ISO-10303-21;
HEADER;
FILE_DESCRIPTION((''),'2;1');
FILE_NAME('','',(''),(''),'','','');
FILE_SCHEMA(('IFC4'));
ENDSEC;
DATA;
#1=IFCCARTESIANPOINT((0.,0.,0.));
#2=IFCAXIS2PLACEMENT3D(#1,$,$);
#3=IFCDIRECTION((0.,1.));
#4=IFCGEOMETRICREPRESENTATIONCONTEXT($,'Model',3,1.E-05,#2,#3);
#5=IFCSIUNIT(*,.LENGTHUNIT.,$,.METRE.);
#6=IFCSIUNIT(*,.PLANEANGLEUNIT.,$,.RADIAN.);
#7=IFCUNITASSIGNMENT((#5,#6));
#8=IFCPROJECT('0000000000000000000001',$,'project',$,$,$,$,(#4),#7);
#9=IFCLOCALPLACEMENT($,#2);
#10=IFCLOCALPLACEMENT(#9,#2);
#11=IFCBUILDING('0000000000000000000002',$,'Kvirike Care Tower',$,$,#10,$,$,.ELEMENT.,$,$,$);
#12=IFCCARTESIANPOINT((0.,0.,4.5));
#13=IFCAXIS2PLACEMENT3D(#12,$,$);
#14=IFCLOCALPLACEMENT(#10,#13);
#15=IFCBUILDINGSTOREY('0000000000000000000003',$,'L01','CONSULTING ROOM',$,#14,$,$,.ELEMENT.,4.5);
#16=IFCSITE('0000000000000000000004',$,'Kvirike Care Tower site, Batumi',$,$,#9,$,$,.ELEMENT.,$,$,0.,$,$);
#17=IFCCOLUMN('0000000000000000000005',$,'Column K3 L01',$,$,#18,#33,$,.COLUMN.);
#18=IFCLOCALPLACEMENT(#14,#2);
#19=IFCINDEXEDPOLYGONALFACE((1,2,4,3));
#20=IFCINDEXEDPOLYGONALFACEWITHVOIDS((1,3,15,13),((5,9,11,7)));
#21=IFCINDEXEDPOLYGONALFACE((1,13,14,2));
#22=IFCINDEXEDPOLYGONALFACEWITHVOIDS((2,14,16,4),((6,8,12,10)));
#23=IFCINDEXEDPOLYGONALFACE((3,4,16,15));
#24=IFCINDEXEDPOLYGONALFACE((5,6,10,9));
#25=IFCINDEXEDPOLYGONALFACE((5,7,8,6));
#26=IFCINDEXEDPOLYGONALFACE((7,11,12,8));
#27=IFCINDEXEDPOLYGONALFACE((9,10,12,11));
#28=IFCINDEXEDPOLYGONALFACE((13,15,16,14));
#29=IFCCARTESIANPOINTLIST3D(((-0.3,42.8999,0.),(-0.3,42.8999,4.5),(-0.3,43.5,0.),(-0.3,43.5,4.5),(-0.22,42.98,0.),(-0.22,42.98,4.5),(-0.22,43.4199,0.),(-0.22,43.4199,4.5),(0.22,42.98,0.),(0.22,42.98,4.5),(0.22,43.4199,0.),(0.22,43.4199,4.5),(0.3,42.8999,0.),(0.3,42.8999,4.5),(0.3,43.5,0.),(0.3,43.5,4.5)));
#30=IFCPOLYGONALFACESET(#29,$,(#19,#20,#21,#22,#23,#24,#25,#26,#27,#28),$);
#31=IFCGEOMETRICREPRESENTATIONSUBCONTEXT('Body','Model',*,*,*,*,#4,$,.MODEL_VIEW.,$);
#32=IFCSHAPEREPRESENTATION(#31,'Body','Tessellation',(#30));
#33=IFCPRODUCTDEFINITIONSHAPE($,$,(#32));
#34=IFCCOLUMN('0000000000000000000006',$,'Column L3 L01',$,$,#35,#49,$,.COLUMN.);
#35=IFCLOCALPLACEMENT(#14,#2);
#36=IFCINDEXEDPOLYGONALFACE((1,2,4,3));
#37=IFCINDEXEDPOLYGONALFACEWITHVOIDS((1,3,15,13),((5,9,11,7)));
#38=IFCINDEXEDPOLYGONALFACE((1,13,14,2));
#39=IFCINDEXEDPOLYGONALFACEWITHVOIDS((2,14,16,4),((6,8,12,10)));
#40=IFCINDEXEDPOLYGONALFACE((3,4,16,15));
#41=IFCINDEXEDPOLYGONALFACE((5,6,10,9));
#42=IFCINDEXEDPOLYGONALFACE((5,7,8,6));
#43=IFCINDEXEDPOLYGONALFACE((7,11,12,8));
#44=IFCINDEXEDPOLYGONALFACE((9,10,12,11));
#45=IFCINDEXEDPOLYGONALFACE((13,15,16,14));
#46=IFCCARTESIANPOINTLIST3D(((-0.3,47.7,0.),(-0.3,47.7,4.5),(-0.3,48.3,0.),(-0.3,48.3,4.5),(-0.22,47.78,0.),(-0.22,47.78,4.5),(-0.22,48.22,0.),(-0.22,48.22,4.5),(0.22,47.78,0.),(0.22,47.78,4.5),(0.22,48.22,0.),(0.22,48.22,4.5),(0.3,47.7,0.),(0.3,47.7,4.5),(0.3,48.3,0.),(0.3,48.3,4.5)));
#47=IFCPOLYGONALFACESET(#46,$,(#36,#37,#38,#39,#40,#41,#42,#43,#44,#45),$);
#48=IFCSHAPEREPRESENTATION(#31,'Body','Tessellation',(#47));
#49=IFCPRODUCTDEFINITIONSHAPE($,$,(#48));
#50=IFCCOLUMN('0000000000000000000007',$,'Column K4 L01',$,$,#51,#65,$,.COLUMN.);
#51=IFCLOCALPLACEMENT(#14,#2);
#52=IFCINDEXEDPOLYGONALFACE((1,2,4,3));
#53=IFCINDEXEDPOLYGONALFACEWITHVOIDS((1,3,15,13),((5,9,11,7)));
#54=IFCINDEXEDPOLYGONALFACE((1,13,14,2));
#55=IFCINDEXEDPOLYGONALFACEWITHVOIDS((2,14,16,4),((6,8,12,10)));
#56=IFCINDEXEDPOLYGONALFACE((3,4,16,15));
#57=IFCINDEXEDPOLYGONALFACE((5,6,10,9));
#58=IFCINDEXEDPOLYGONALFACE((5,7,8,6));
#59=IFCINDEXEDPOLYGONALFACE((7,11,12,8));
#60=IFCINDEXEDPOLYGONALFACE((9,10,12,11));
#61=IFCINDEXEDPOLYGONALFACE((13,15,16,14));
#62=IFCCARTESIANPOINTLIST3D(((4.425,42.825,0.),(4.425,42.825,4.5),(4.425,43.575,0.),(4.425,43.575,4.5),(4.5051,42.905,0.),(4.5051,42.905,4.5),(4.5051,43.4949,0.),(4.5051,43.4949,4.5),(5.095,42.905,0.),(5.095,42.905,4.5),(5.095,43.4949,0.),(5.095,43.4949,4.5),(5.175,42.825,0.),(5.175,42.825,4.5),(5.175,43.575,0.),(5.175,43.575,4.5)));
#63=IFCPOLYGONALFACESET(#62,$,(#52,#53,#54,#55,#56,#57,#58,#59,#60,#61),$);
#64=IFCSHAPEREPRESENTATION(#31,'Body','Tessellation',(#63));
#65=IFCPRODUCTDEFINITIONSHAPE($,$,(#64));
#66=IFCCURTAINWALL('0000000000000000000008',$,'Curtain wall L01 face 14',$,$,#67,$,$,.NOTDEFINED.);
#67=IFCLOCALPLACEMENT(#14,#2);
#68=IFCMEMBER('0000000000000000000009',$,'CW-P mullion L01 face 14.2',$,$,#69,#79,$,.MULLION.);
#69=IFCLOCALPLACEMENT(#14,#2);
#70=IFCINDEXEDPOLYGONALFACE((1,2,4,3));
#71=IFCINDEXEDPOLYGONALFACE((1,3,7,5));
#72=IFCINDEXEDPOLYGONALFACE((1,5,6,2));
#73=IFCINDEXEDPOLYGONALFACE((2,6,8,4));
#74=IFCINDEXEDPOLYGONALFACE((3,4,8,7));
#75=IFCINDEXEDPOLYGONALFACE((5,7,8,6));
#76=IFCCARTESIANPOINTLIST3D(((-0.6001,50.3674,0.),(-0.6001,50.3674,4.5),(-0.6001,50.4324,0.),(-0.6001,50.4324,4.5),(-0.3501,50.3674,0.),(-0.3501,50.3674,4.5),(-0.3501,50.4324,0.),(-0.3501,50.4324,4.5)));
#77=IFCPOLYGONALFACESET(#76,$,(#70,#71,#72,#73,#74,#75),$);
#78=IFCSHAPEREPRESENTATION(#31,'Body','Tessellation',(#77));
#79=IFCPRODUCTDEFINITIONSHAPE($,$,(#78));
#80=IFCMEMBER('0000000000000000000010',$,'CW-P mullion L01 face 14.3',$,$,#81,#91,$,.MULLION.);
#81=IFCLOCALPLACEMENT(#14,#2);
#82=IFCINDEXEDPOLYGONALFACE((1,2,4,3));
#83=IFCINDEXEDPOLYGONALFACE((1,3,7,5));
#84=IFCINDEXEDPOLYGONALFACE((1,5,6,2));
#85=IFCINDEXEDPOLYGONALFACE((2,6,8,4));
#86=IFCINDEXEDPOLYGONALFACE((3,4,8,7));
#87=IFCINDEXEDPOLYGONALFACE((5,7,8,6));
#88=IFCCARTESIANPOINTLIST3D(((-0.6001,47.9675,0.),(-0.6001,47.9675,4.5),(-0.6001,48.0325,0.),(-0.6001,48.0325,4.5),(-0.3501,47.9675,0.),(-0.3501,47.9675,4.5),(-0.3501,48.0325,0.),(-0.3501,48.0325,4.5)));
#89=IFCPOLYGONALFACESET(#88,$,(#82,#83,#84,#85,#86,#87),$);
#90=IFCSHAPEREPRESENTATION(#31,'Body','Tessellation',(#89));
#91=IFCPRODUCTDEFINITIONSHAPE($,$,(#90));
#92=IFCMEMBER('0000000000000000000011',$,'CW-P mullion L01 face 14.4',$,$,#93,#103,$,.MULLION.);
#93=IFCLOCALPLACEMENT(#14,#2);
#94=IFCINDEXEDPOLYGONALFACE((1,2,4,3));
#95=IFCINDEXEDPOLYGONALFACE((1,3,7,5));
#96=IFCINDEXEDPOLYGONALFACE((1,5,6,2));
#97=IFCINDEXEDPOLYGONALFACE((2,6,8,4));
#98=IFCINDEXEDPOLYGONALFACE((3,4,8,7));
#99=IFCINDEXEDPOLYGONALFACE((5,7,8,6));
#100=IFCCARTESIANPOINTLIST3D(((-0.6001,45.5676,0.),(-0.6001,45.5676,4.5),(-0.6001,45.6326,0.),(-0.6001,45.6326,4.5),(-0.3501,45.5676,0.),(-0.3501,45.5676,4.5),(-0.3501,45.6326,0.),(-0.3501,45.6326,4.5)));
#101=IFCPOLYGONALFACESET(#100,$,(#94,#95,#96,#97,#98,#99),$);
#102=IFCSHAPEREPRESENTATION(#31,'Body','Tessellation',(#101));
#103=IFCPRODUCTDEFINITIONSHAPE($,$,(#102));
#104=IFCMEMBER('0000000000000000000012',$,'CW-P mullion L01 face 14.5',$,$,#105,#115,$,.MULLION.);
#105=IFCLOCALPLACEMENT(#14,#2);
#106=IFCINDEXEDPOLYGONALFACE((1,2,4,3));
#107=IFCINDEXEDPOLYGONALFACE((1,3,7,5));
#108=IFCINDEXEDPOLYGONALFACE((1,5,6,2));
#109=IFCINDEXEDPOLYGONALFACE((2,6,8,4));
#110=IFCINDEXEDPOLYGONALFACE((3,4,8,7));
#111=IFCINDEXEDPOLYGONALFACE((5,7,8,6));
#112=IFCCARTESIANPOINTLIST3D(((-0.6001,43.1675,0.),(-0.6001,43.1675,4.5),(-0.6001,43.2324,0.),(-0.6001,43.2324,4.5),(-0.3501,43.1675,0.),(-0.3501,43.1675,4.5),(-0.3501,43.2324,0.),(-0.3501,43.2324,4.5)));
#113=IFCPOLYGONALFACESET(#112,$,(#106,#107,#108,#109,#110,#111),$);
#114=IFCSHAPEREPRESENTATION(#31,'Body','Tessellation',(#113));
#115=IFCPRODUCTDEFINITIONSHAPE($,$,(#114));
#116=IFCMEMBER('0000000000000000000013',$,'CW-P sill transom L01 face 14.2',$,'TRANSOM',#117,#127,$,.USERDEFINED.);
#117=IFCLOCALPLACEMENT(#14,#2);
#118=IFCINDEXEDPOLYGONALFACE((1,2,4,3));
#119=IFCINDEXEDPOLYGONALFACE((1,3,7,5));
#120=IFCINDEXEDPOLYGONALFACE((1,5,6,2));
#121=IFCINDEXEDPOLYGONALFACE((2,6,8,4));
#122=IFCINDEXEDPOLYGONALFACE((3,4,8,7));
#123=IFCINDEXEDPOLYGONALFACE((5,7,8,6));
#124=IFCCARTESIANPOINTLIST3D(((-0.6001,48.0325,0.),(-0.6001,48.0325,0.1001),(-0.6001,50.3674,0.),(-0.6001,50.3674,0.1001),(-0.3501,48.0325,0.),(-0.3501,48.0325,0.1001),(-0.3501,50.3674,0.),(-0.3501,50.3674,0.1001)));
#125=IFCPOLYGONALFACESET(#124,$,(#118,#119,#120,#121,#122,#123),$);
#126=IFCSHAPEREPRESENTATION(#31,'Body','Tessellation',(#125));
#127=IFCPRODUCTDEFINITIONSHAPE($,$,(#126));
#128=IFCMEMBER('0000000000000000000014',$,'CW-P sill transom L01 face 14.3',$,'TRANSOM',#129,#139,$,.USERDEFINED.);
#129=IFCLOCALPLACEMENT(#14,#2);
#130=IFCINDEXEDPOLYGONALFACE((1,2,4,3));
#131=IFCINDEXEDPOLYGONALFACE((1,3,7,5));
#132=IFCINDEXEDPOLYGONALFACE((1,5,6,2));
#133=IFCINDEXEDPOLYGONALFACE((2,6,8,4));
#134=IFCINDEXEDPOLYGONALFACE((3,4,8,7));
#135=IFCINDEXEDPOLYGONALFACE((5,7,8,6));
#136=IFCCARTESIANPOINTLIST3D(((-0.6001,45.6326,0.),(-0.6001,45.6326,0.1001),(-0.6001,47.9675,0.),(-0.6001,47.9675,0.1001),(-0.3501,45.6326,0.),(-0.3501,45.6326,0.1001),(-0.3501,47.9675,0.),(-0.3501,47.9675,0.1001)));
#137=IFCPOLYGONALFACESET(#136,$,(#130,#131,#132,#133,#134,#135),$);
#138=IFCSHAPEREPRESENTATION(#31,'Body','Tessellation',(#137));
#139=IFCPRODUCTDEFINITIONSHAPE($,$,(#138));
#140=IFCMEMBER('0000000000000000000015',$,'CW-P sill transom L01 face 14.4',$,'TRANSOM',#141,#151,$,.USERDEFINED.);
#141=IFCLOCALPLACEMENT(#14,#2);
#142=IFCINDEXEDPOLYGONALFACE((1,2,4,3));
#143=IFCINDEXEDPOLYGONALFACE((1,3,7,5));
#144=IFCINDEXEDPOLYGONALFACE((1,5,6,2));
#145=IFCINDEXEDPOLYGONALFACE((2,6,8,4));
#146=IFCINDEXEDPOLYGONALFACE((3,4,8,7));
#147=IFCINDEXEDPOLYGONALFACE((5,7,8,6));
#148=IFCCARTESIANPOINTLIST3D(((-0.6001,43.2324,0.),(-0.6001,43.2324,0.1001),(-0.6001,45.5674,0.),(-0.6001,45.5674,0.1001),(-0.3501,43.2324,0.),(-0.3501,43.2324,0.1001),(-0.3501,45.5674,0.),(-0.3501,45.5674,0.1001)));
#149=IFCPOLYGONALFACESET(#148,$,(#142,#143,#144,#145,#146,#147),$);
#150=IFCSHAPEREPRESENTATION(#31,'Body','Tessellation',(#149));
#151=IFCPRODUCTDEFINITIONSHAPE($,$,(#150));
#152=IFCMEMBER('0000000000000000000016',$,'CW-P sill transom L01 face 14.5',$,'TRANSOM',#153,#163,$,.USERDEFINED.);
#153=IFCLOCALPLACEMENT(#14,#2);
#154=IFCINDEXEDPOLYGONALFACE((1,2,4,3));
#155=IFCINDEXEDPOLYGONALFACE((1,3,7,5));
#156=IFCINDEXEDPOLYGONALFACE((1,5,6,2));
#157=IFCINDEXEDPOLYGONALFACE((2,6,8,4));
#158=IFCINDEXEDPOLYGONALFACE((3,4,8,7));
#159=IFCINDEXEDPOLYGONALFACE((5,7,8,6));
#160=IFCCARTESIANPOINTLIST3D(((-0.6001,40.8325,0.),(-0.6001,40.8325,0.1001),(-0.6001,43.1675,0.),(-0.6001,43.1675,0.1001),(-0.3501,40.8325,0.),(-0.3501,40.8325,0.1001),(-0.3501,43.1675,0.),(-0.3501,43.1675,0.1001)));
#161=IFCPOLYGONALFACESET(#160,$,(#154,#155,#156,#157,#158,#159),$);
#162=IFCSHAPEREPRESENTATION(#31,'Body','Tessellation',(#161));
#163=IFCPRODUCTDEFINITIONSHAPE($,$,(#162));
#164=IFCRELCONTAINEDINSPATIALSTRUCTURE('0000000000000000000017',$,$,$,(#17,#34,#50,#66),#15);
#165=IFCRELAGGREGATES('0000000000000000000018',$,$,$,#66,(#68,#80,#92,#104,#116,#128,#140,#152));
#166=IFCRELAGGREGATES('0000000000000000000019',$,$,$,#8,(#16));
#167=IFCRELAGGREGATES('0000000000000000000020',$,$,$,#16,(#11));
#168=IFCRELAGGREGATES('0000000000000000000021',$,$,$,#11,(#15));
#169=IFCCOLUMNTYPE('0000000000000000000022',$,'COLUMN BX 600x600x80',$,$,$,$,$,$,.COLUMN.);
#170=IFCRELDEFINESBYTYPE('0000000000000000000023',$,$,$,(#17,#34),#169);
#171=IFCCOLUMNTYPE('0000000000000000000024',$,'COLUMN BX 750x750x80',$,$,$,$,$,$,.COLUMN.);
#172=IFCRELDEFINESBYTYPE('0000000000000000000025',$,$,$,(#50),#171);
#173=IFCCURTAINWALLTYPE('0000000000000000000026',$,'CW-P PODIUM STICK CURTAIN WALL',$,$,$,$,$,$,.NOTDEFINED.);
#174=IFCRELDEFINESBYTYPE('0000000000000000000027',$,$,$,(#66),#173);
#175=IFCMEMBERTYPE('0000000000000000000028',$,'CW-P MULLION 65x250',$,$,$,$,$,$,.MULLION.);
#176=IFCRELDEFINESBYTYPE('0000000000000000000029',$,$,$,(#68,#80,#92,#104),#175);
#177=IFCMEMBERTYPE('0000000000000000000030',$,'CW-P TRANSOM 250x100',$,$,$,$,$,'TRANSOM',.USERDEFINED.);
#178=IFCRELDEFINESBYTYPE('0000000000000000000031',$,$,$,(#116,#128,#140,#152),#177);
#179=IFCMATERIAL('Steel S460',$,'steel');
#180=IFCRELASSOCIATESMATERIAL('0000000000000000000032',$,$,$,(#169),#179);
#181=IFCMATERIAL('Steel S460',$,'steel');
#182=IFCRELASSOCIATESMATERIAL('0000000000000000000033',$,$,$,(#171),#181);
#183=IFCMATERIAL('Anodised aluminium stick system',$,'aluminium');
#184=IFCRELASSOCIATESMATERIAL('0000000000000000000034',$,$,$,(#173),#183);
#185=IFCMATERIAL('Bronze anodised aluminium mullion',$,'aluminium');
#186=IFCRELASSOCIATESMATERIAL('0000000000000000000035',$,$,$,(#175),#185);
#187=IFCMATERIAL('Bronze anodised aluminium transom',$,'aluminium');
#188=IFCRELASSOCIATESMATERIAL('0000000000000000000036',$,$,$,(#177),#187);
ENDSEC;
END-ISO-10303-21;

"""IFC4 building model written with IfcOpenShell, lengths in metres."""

from ifc_helpers import new_model, si_unit, direction, frame, origin, origin_2d, place, context, subcontext, project, spatial, rectangle, hollow_rectangle, extrude, material, material_profile, profile_set, type_object, element, aggregate, save


model = new_model("IFC4")

# Units and contexts
model_context = context("Model", 3, precision=1e-05, world=origin(), true_north=direction((0.0, 1.0)))
body_context = subcontext(model_context, "Body", "Model", "MODEL_VIEW")
ifc_project = project(units=[si_unit("LENGTHUNIT", "METRE"), si_unit("PLANEANGLEUNIT", "RADIAN")], contexts=[model_context])

# Site, building, storey
site_placement = place(None, origin())
site = spatial("IfcSite", under=ifc_project, at=site_placement, Name="Kvirike Care Tower site, Batumi", CompositionType="ELEMENT", RefElevation=0.0)
building_placement = place(site_placement, origin())
building = spatial("IfcBuilding", under=site, at=building_placement, Name="Kvirike Care Tower", CompositionType="ELEMENT")
storey_placement = place(building_placement, frame((0.0, 0.0, 4.5)))
storey = spatial("IfcBuildingStorey", under=building, at=storey_placement, Name="L01", Description="CONSULTING ROOM", CompositionType="ELEMENT", Elevation=4.5)

# Columns
ifc_material_1 = material(Name="Steel S460", Category="steel")
ifc_material_profile_1 = material_profile(ifc_material_1, hollow_rectangle(XDim=0.6001, YDim=0.6001, WallThickness=0.0801, at=origin_2d()), Name="BX 600x600x80")
ifc_profile_set_1 = profile_set([ifc_material_profile_1], Name="Steel S460")
column_type_1 = type_object("IfcColumnType", Name="COLUMN BX 600x600x80", PredefinedType="COLUMN", material=ifc_profile_set_1)
for number, where, z_axis, x_axis, name in (
    (1, (0.0, 43.2, 0.0), (0.0, 0.0, 1.0), (0.0, 1.0, 0.0), "Column K3 L01"),
    (2, (0.0, 48.0, 0.0), (0.0, 0.0, 1.0), (1.0, 0.0, 0.0), "Column L3 L01"),
):
    element("IfcColumn", number, at=place(storey_placement, frame(where, z_axis=z_axis, x_axis=x_axis)), inside=storey, type_object=column_type_1, Name=name, PredefinedType="COLUMN", context=body_context, shape_type="SweptSolid", body=[
        extrude(hollow_rectangle(XDim=0.6001, YDim=0.6001, WallThickness=0.0801, at=origin_2d()), origin(), (0.0, 0.0, 1.0), 4.5),
    ])
ifc_material_2 = material(Name="Steel S460", Category="steel")
ifc_material_profile_2 = material_profile(ifc_material_2, hollow_rectangle(XDim=0.75, YDim=0.75, WallThickness=0.0801, at=origin_2d()), Name="BX 750x750x80")
ifc_profile_set_2 = profile_set([ifc_material_profile_2], Name="Steel S460")
column_type_2 = type_object("IfcColumnType", Name="COLUMN BX 750x750x80", PredefinedType="COLUMN", material=ifc_profile_set_2)
column_placement = place(storey_placement, frame((4.8, 43.2, 0.0), z_axis=(0.0, 0.0, 1.0), x_axis=(0.0, 1.0, 0.0)))
element("IfcColumn", 3, at=column_placement, inside=storey, type_object=column_type_2, Name="Column K4 L01", PredefinedType="COLUMN", context=body_context, shape_type="SweptSolid", body=[
    extrude(hollow_rectangle(XDim=0.75, YDim=0.75, WallThickness=0.0801, at=origin_2d()), origin(), (0.0, 0.0, 1.0), 4.5),
])

# Curtain wall, members
ifc_material_3 = material(Name="Anodised aluminium stick system", Category="aluminium")
curtain_wall_type = type_object("IfcCurtainWallType", Name="CW-P PODIUM STICK CURTAIN WALL", PredefinedType="NOTDEFINED", material=ifc_material_3)
curtain_wall_placement = place(storey_placement, origin())
curtain_wall = element("IfcCurtainWall", 4, at=curtain_wall_placement, inside=storey, type_object=curtain_wall_type, Name="Curtain wall L01 face 14", PredefinedType="NOTDEFINED")
ifc_material_4 = material(Name="Bronze anodised aluminium mullion", Category="aluminium")
ifc_material_profile_3 = material_profile(ifc_material_4, rectangle(XDim=0.0649, YDim=0.25, at=origin_2d()), Name="CW-P MULLION 65x250")
ifc_profile_set_3 = profile_set([ifc_material_profile_3], Name="Bronze anodised aluminium mullion")
member_type_1 = type_object("IfcMemberType", Name="CW-P MULLION 65x250", PredefinedType="MULLION", material=ifc_profile_set_3)
member_1_placement = place(storey_placement, frame((-0.4751, 50.3999, 0.0), z_axis=(0.0, 0.0, 1.0), x_axis=(0.0, -1.0, 0.0)))
member_1 = element("IfcMember", 5, at=member_1_placement, type_object=member_type_1, Name="CW-P mullion L01 face 14.2", PredefinedType="MULLION", context=body_context, shape_type="SweptSolid", body=[
    extrude(rectangle(XDim=0.0649, YDim=0.25, at=origin_2d()), origin(), (0.0, 0.0, 1.0), 4.5),
])
member_2_placement = place(storey_placement, frame((-0.4751, 48.0, 0.0), z_axis=(0.0, 0.0, 1.0), x_axis=(0.0, -1.0, 0.0)))
member_2 = element("IfcMember", 6, at=member_2_placement, type_object=member_type_1, Name="CW-P mullion L01 face 14.3", PredefinedType="MULLION", context=body_context, shape_type="SweptSolid", body=[
    extrude(rectangle(XDim=0.0649, YDim=0.25, at=origin_2d()), origin(), (0.0, 0.0, 1.0), 4.5),
])
member_3_placement = place(storey_placement, frame((-0.4751, 45.6001, 0.0), z_axis=(0.0, 0.0, 1.0), x_axis=(0.0, -1.0, 0.0)))
member_3 = element("IfcMember", 7, at=member_3_placement, type_object=member_type_1, Name="CW-P mullion L01 face 14.4", PredefinedType="MULLION", context=body_context, shape_type="SweptSolid", body=[
    extrude(rectangle(XDim=0.0649, YDim=0.25, at=origin_2d()), origin(), (0.0, 0.0, 1.0), 4.5),
])
member_4_placement = place(storey_placement, frame((-0.4751, 43.2, 0.0), z_axis=(0.0, 0.0, 1.0), x_axis=(0.0, -1.0, 0.0)))
member_4 = element("IfcMember", 8, at=member_4_placement, type_object=member_type_1, Name="CW-P mullion L01 face 14.5", PredefinedType="MULLION", context=body_context, shape_type="SweptSolid", body=[
    extrude(rectangle(XDim=0.0649, YDim=0.25, at=origin_2d()), origin(), (0.0, 0.0, 1.0), 4.5),
])
ifc_material_5 = material(Name="Bronze anodised aluminium transom", Category="aluminium")
ifc_material_profile_4 = material_profile(ifc_material_5, rectangle(XDim=0.25, YDim=0.1001, at=origin_2d()), Name="CW-P TRANSOM 250x100")
ifc_profile_set_4 = profile_set([ifc_material_profile_4], Name="Bronze anodised aluminium transom")
member_type_2 = type_object("IfcMemberType", Name="CW-P TRANSOM 250x100", ElementType="TRANSOM", PredefinedType="USERDEFINED", material=ifc_profile_set_4)
member_5_placement = place(storey_placement, frame((-0.4751, 50.3674, 0.05), z_axis=(0.0, -1.0, 0.0), x_axis=(1.0, 0.0, 0.0)))
member_5 = element("IfcMember", 9, at=member_5_placement, type_object=member_type_2, Name="CW-P sill transom L01 face 14.2", ObjectType="TRANSOM", PredefinedType="USERDEFINED", context=body_context, shape_type="SweptSolid", body=[
    extrude(rectangle(XDim=0.25, YDim=0.1001, at=origin_2d()), origin(), (0.0, 0.0, 1.0), 2.335),
])
member_6_placement = place(storey_placement, frame((-0.4751, 47.9675, 0.05), z_axis=(0.0, -1.0, 0.0), x_axis=(1.0, 0.0, 0.0)))
member_6 = element("IfcMember", 10, at=member_6_placement, type_object=member_type_2, Name="CW-P sill transom L01 face 14.3", ObjectType="TRANSOM", PredefinedType="USERDEFINED", context=body_context, shape_type="SweptSolid", body=[
    extrude(rectangle(XDim=0.25, YDim=0.1001, at=origin_2d()), origin(), (0.0, 0.0, 1.0), 2.335),
])
member_7_placement = place(storey_placement, frame((-0.4751, 45.5674, 0.05), z_axis=(0.0, -1.0, 0.0), x_axis=(1.0, 0.0, 0.0)))
member_7 = element("IfcMember", 11, at=member_7_placement, type_object=member_type_2, Name="CW-P sill transom L01 face 14.4", ObjectType="TRANSOM", PredefinedType="USERDEFINED", context=body_context, shape_type="SweptSolid", body=[
    extrude(rectangle(XDim=0.25, YDim=0.1001, at=origin_2d()), origin(), (0.0, 0.0, 1.0), 2.335),
])
member_8_placement = place(storey_placement, frame((-0.4751, 43.1675, 0.05), z_axis=(0.0, -1.0, 0.0), x_axis=(1.0, 0.0, 0.0)))
member_8 = element("IfcMember", 12, at=member_8_placement, type_object=member_type_2, Name="CW-P sill transom L01 face 14.5", ObjectType="TRANSOM", PredefinedType="USERDEFINED", context=body_context, shape_type="SweptSolid", body=[
    extrude(rectangle(XDim=0.25, YDim=0.1001, at=origin_2d()), origin(), (0.0, 0.0, 1.0), 2.335),
])

aggregate(curtain_wall, [member_1, member_2, member_3, member_4, member_5, member_6, member_7, member_8])

save(model, "model.ifc")
